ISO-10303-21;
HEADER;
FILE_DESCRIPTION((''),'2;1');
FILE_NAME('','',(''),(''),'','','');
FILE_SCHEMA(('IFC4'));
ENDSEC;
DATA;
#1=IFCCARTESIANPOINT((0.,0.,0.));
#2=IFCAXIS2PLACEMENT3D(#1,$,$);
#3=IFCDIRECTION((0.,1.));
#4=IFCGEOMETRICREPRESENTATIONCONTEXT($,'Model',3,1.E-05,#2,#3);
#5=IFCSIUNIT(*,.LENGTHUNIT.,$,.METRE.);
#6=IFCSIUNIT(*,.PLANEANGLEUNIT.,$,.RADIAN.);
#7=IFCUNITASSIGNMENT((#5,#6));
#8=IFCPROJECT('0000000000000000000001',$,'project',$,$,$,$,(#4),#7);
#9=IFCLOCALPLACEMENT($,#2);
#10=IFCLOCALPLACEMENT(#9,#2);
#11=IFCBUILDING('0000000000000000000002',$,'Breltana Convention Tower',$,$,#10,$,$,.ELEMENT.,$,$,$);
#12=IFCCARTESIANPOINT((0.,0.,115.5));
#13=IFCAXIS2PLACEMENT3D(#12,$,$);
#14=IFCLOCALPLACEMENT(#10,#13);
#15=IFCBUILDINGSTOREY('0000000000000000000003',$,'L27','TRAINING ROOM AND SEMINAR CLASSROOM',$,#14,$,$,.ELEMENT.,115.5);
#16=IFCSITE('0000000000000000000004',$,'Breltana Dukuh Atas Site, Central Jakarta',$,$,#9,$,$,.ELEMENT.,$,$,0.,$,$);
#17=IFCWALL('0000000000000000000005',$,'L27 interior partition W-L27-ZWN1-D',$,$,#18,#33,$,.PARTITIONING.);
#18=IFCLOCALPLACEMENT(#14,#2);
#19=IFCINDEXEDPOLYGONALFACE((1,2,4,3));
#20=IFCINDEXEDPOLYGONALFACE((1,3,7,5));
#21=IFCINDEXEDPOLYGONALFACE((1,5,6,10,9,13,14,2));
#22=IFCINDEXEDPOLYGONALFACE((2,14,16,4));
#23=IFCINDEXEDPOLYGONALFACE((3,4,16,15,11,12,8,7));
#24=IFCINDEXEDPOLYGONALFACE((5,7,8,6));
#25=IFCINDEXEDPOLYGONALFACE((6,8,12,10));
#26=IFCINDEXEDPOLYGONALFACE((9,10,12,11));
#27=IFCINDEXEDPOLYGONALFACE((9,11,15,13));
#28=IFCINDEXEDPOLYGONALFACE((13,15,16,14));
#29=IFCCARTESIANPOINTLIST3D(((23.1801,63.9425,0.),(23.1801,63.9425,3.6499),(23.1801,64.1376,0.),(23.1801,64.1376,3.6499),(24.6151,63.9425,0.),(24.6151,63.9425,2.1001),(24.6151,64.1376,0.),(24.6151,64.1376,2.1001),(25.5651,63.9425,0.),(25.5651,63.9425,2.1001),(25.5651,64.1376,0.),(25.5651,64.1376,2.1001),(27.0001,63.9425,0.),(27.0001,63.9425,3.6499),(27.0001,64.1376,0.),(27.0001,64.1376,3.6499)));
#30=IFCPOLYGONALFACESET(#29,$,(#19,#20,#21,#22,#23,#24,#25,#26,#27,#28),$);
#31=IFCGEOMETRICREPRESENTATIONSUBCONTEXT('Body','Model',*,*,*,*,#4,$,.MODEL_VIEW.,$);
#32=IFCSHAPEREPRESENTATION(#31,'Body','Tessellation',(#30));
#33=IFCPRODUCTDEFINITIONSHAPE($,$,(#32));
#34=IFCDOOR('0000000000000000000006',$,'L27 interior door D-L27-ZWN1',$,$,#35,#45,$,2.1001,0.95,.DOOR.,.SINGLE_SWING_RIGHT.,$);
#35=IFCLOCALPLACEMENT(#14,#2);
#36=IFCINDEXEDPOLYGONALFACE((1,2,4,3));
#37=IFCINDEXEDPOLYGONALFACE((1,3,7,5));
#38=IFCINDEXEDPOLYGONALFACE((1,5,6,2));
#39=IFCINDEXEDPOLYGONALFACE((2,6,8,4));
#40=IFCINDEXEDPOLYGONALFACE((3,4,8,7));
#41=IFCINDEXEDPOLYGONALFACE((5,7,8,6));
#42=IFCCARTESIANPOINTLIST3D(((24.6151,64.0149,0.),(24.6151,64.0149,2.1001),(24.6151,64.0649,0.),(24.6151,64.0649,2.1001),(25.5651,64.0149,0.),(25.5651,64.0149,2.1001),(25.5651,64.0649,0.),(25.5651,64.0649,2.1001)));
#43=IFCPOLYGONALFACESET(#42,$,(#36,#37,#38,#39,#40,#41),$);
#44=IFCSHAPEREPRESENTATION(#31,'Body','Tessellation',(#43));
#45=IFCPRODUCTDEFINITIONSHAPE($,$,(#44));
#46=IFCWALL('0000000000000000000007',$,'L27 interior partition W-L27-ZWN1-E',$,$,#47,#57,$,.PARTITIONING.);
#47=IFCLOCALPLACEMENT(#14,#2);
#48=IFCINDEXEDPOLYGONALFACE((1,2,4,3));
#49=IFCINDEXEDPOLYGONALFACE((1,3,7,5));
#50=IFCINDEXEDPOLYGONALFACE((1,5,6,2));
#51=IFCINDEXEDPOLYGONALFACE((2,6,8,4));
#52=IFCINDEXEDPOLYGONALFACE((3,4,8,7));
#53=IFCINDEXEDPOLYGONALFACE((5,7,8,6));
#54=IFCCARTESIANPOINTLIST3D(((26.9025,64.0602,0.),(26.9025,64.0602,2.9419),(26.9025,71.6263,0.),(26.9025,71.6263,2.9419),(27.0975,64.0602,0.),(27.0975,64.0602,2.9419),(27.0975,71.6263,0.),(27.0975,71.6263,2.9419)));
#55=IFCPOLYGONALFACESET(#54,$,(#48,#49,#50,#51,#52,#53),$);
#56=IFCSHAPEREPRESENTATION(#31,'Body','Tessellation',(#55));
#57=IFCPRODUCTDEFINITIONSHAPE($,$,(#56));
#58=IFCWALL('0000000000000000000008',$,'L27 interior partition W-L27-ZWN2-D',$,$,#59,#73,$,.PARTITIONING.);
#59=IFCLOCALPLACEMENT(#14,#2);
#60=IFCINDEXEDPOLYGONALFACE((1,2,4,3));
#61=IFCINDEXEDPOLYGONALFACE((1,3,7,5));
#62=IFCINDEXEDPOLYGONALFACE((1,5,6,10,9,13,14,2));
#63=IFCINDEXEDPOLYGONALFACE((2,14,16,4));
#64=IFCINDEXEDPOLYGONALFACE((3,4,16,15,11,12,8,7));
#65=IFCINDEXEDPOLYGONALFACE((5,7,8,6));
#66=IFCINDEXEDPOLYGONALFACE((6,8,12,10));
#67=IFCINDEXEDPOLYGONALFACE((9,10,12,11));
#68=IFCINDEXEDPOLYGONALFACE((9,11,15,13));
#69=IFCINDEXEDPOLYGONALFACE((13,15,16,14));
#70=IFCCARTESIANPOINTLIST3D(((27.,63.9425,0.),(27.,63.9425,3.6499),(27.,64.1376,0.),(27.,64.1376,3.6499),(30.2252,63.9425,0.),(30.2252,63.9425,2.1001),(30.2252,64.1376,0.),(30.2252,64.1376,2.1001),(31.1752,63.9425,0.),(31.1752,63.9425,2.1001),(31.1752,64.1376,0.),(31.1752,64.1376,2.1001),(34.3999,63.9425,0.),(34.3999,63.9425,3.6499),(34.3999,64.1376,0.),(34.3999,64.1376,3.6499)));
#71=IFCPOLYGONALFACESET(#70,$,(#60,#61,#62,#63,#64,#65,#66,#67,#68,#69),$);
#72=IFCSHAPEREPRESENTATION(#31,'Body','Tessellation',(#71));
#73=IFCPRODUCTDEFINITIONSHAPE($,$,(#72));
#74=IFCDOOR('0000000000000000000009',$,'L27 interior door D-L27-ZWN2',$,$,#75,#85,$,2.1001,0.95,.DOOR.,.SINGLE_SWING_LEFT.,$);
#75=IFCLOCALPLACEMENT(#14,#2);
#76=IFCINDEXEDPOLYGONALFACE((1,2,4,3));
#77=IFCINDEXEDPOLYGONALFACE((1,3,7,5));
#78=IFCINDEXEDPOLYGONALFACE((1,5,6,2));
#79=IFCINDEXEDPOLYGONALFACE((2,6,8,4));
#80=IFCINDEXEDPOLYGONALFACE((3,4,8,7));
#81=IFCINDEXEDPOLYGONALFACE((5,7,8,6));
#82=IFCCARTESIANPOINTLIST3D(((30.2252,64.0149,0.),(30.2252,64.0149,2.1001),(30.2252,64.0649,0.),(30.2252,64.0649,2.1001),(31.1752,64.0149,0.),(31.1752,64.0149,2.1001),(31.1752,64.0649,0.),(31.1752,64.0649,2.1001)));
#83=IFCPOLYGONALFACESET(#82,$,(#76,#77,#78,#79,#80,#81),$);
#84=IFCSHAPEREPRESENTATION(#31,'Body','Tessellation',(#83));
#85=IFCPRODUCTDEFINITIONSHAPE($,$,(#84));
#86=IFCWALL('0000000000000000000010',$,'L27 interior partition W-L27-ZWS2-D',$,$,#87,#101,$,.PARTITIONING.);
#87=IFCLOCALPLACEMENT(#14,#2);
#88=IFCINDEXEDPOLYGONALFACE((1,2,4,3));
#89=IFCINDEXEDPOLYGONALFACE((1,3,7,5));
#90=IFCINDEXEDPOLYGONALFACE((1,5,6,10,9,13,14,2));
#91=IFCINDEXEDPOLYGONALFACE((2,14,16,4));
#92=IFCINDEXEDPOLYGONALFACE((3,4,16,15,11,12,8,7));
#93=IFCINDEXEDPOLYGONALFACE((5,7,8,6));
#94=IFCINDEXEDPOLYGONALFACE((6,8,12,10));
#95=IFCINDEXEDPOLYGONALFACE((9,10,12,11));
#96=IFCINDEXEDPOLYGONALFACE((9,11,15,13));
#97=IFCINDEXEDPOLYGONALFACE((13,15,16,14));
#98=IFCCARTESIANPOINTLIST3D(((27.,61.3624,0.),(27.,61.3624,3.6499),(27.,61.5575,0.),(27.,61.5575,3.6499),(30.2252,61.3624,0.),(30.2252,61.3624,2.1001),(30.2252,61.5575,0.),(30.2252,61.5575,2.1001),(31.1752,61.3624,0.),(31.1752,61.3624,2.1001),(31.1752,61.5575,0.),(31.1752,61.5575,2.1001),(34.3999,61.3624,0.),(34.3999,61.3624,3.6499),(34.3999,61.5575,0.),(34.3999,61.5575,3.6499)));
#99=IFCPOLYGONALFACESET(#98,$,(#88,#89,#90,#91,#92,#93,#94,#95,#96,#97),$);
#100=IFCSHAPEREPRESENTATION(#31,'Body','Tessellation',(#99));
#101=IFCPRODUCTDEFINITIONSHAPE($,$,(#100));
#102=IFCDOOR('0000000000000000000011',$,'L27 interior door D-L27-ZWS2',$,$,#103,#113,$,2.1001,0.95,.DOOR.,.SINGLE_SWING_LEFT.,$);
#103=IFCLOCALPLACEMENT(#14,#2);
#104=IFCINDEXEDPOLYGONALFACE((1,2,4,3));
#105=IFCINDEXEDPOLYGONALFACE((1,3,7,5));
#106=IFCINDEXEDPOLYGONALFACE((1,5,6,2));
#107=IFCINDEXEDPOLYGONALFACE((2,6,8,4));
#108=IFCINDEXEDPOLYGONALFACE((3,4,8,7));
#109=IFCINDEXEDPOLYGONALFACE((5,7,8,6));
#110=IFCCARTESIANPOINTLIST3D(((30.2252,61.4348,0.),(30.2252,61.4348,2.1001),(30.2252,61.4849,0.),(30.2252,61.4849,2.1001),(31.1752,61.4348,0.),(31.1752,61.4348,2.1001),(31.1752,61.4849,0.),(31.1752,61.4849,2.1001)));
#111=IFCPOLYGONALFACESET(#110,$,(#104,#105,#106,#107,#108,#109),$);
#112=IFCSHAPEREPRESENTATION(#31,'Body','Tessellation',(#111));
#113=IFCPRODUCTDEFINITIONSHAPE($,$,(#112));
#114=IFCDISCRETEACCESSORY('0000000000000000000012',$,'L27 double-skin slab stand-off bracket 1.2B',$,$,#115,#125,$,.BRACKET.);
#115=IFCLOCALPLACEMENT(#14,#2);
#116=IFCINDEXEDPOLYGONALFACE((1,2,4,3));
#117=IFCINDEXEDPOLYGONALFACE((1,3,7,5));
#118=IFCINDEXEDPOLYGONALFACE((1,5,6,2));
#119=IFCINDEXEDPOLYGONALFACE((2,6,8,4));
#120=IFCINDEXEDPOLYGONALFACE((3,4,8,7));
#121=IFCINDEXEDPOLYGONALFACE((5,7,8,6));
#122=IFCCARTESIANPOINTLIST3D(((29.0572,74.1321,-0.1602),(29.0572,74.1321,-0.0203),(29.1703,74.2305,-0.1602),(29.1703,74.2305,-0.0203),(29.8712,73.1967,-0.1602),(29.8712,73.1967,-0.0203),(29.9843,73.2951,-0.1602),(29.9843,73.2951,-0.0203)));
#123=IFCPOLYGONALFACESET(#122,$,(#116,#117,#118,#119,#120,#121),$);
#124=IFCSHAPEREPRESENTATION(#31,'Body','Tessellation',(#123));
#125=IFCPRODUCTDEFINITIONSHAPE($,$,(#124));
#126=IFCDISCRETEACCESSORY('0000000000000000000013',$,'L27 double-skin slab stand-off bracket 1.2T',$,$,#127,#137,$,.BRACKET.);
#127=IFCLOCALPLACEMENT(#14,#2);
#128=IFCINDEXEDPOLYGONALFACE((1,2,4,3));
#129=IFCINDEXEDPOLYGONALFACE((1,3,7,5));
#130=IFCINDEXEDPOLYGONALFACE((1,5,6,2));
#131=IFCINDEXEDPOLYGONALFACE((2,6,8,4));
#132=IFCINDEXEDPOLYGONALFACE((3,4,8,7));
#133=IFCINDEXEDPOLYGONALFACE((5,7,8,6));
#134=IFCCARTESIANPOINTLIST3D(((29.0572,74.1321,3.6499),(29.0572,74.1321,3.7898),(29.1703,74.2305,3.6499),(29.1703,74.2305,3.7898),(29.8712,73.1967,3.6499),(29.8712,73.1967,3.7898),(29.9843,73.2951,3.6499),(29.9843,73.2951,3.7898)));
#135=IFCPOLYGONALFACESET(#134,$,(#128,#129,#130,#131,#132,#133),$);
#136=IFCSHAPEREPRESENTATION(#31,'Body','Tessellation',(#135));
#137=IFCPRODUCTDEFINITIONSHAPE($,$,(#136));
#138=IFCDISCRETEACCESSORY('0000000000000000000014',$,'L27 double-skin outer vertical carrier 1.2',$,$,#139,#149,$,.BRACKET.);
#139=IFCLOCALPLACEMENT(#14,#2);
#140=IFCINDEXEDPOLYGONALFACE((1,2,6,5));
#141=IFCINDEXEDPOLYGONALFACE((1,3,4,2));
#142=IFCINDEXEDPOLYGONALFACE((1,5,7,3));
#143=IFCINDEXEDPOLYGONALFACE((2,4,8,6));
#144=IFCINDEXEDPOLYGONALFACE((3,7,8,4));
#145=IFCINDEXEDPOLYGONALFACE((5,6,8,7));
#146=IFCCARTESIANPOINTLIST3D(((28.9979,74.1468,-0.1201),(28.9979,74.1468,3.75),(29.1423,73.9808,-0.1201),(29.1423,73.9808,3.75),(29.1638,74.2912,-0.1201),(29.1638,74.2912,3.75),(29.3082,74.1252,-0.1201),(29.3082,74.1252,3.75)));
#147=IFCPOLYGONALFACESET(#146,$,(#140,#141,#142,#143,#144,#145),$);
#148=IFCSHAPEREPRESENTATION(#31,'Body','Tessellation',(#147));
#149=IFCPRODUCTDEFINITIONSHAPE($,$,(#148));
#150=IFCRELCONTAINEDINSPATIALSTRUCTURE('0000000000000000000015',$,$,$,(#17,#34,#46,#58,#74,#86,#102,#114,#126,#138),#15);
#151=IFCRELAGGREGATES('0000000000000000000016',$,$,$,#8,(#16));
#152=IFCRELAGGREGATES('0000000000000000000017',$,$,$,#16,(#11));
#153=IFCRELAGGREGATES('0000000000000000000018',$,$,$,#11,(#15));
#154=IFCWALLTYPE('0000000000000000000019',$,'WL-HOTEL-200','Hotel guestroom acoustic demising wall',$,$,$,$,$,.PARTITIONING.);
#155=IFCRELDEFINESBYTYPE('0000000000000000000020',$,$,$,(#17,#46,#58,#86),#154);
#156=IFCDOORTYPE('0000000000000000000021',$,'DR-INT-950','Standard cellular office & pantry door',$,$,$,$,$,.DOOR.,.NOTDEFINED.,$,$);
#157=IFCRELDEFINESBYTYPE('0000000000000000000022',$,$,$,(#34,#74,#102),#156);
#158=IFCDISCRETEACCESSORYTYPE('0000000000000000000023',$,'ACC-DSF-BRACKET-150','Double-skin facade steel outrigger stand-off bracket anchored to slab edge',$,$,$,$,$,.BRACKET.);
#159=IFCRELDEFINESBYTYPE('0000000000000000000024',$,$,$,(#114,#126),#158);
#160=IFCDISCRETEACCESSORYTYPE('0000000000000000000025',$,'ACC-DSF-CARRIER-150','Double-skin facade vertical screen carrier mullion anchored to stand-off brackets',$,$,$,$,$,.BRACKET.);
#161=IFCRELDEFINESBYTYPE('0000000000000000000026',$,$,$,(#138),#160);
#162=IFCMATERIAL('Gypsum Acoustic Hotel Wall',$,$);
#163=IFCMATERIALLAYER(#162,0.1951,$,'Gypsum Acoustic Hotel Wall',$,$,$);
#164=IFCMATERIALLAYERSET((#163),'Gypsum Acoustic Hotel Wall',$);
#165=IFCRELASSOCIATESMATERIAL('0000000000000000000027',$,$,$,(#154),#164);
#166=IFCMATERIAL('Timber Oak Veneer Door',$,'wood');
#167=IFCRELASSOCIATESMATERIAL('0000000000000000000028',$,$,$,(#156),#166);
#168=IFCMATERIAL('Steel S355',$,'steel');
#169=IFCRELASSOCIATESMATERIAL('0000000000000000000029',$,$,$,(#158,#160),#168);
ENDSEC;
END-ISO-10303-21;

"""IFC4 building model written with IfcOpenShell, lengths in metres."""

from ifc_helpers import new_model, si_unit, direction, frame, frame_2d, origin, origin_2d, place, context, subcontext, project, spatial, rectangle, extrude, source, transform, mapped, material, layer, layer_set, type_object, type_shapes, element, fill, save


model = new_model("IFC4")

# Units and contexts
model_context = context("Model", 3, precision=1e-05, world=origin(), true_north=direction((0.0, 1.0)))
body_context = subcontext(model_context, "Body", "Model", "MODEL_VIEW")
ifc_project = project(units=[si_unit("LENGTHUNIT", "METRE"), si_unit("PLANEANGLEUNIT", "RADIAN")], contexts=[model_context])

# Site, building, storey
site_placement = place(None, origin())
site = spatial("IfcSite", under=ifc_project, at=site_placement, Name="Breltana Dukuh Atas Site, Central Jakarta", CompositionType="ELEMENT", RefElevation=0.0)
building_placement = place(site_placement, origin())
building = spatial("IfcBuilding", under=site, at=building_placement, Name="Breltana Convention Tower", CompositionType="ELEMENT")
storey_placement = place(building_placement, frame((0.0, 0.0, 115.5)))
storey = spatial("IfcBuildingStorey", under=building, at=storey_placement, Name="L27", Description="TRAINING ROOM AND SEMINAR CLASSROOM", CompositionType="ELEMENT", Elevation=115.5)

# Wall, opening, door
ifc_material_1 = material(Name="Gypsum Acoustic Hotel Wall")
ifc_layer_1 = layer(ifc_material_1, 0.1951, Name="Gypsum Acoustic Hotel Wall")
ifc_layer_set_1 = layer_set([ifc_layer_1], Name="Gypsum Acoustic Hotel Wall")
wall_type_1 = type_object("IfcWallType", Name="WL-HOTEL-200", Description="Hotel guestroom acoustic demising wall", PredefinedType="PARTITIONING", material=ifc_layer_set_1)
shared_shape_1 = source(origin(), body_context, "Body", "SweptSolid", [
    extrude(rectangle(XDim=3.8201, YDim=0.1951, at=frame_2d((1.9102, 0.0))), origin(), (0.0, 0.0, 1.0), 3.6499),
])
wall_1_placement = place(storey_placement, frame((23.1799, 64.04, 0.0), z_axis=(0.0, 0.0, 1.0), x_axis=(1.0, 0.0, 0.0)))
wall_1 = element("IfcWall", 1, at=wall_1_placement, inside=storey, type_object=wall_type_1, Name="L27 interior partition W-L27-ZWN1-D", PredefinedType="PARTITIONING", context=body_context, shape_type="MappedRepresentation", body=[
    mapped(shared_shape_1, transform((0.0, 0.0, 0.0), scale=1.0)),
])
opening_1_placement = place(wall_1_placement, frame((1.4351, 0.0, 0.0)))
opening_1 = element("IfcOpeningElement", 2, at=opening_1_placement, cuts=wall_1, PredefinedType="OPENING", context=body_context, shape_type="SweptSolid", body=[
    extrude(rectangle(XDim=0.95, YDim=2.1001, at=frame_2d((0.4751, 1.05))), frame((0.0, 0.1074, 0.0), z_axis=(0.0, -1.0, 0.0), x_axis=(1.0, 0.0, 0.0)), (0.0, 0.0, 1.0), 0.2151),
])
ifc_material_2 = material(Name="Timber Oak Veneer Door", Category="wood")
door_type_1 = type_object("IfcDoorType", Name="DR-INT-950", Description="Standard cellular office & pantry door", OperationType="NOTDEFINED", PredefinedType="DOOR", material=ifc_material_2)
shared_shape_2 = source(origin(), body_context, "Body", "SweptSolid", [
    extrude(rectangle(XDim=0.95, YDim=2.1001, at=frame_2d((0.4751, 1.05))), frame((0.0, 0.0249, 0.0), z_axis=(0.0, -1.0, 0.0), x_axis=(1.0, 0.0, 0.0)), (0.0, 0.0, 1.0), 0.05),
])
type_shapes(door_type_1, [shared_shape_2])
door_1_placement = place(opening_1_placement, origin())
door_1 = element("IfcDoor", 3, at=door_1_placement, inside=storey, type_object=door_type_1, Name="L27 interior door D-L27-ZWN1", OperationType="SINGLE_SWING_RIGHT", OverallHeight=2.1001, OverallWidth=0.95, PredefinedType="DOOR", context=body_context, shape_type="MappedRepresentation", body=[
    mapped(shared_shape_2, transform((0.0, 0.0, 0.0), scale=1.0)),
])
fill(opening_1, door_1)

# Wall
shared_shape_3 = source(origin(), body_context, "Body", "SweptSolid", [
    extrude(rectangle(XDim=7.5662, YDim=0.1951, at=frame_2d((3.7832, 0.0))), origin(), (0.0, 0.0, 1.0), 2.9419),
])
wall_2_placement = place(storey_placement, frame((27.0, 64.0601, 0.0), z_axis=(0.0, 0.0, 1.0), x_axis=(0.0, 1.0, 0.0)))
element("IfcWall", 4, at=wall_2_placement, inside=storey, type_object=wall_type_1, Name="L27 interior partition W-L27-ZWN1-E", PredefinedType="PARTITIONING", context=body_context, shape_type="MappedRepresentation", body=[
    mapped(shared_shape_3, transform((0.0, 0.0, 0.0), scale=1.0)),
])

# Walls, openings, doors
shared_shape_4 = source(origin(), body_context, "Body", "SweptSolid", [
    extrude(rectangle(XDim=7.3999, YDim=0.1951, at=frame_2d((3.7, 0.0))), origin(), (0.0, 0.0, 1.0), 3.6499),
])
wall_3_placement = place(storey_placement, frame((27.0, 64.04, 0.0), z_axis=(0.0, 0.0, 1.0), x_axis=(1.0, 0.0, 0.0)))
wall_3 = element("IfcWall", 5, at=wall_3_placement, inside=storey, type_object=wall_type_1, Name="L27 interior partition W-L27-ZWN2-D", PredefinedType="PARTITIONING", context=body_context, shape_type="MappedRepresentation", body=[
    mapped(shared_shape_4, transform((0.0, 0.0, 0.0), scale=1.0)),
])
opening_2_placement = place(wall_3_placement, frame((3.2251, 0.0, 0.0)))
opening_2 = element("IfcOpeningElement", 6, at=opening_2_placement, cuts=wall_3, PredefinedType="OPENING", context=body_context, shape_type="SweptSolid", body=[
    extrude(rectangle(XDim=0.95, YDim=2.1001, at=frame_2d((0.4751, 1.05))), frame((0.0, 0.1074, 0.0), z_axis=(0.0, -1.0, 0.0), x_axis=(1.0, 0.0, 0.0)), (0.0, 0.0, 1.0), 0.2151),
])
door_2_placement = place(opening_2_placement, origin())
door_2 = element("IfcDoor", 7, at=door_2_placement, inside=storey, type_object=door_type_1, Name="L27 interior door D-L27-ZWN2", OperationType="SINGLE_SWING_LEFT", OverallHeight=2.1001, OverallWidth=0.95, PredefinedType="DOOR", context=body_context, shape_type="MappedRepresentation", body=[
    mapped(shared_shape_2, transform((0.0, 0.0, 0.0), scale=1.0)),
])
fill(opening_2, door_2)
wall_4_placement = place(storey_placement, frame((27.0, 61.46, 0.0), z_axis=(0.0, 0.0, 1.0), x_axis=(1.0, 0.0, 0.0)))
wall_4 = element("IfcWall", 8, at=wall_4_placement, inside=storey, type_object=wall_type_1, Name="L27 interior partition W-L27-ZWS2-D", PredefinedType="PARTITIONING", context=body_context, shape_type="MappedRepresentation", body=[
    mapped(shared_shape_4, transform((0.0, 0.0, 0.0), scale=1.0)),
])
opening_3_placement = place(wall_4_placement, frame((3.2251, 0.0, 0.0)))
opening_3 = element("IfcOpeningElement", 9, at=opening_3_placement, cuts=wall_4, PredefinedType="OPENING", context=body_context, shape_type="SweptSolid", body=[
    extrude(rectangle(XDim=0.95, YDim=2.1001, at=frame_2d((0.4751, 1.05))), frame((0.0, 0.1074, 0.0), z_axis=(0.0, -1.0, 0.0), x_axis=(1.0, 0.0, 0.0)), (0.0, 0.0, 1.0), 0.2151),
])
door_3_placement = place(opening_3_placement, origin())
door_3 = element("IfcDoor", 10, at=door_3_placement, inside=storey, type_object=door_type_1, Name="L27 interior door D-L27-ZWS2", OperationType="SINGLE_SWING_LEFT", OverallHeight=2.1001, OverallWidth=0.95, PredefinedType="DOOR", context=body_context, shape_type="MappedRepresentation", body=[
    mapped(shared_shape_2, transform((0.0, 0.0, 0.0), scale=1.0)),
])
fill(opening_3, door_3)

# Discrete accessories
ifc_material_3 = material(Name="Steel S355", Category="steel")
discrete_accessory_type_1 = type_object("IfcDiscreteAccessoryType", Name="ACC-DSF-BRACKET-150", Description="Double-skin facade steel outrigger stand-off bracket anchored to slab edge", PredefinedType="BRACKET", material=ifc_material_3)
shared_shape_5 = source(origin(), body_context, "Body", "SweptSolid", [
    extrude(rectangle(XDim=1.24, YDim=0.1499, at=origin_2d()), origin(), (0.0, 0.0, 1.0), 0.1399),
])
type_shapes(discrete_accessory_type_1, [shared_shape_5])
for number, where, z_axis, x_axis, name in (
    (11, (29.5208, 73.7136, -0.1602), (0.0, 0.0, 1.0), (-0.656454, 0.754366, 0.0), "L27 double-skin slab stand-off bracket 1.2B"),
    (12, (29.5208, 73.7136, 3.6499), (0.0, 0.0, 1.0), (-0.656454, 0.754366, 0.0), "L27 double-skin slab stand-off bracket 1.2T"),
):
    element("IfcDiscreteAccessory", number, at=place(storey_placement, frame(where, z_axis=z_axis, x_axis=x_axis)), inside=storey, type_object=discrete_accessory_type_1, Name=name, PredefinedType="BRACKET", context=body_context, shape_type="MappedRepresentation", body=[
        mapped(shared_shape_5, transform((0.0, 0.0, 0.0), scale=1.0)),
    ])
discrete_accessory_type_2 = type_object("IfcDiscreteAccessoryType", Name="ACC-DSF-CARRIER-150", Description="Double-skin facade vertical screen carrier mullion anchored to stand-off brackets", PredefinedType="BRACKET", material=ifc_material_3)
shared_shape_6 = source(origin(), body_context, "Body", "SweptSolid", [
    extrude(rectangle(XDim=0.22, YDim=0.22, at=origin_2d()), origin(), (0.0, 0.0, 1.0), 3.8701),
])
discrete_accessory_placement = place(storey_placement, frame((29.1531, 74.136, -0.1201), z_axis=(0.0, 0.0, 1.0), x_axis=(-0.656454, 0.754366, 0.0)))
element("IfcDiscreteAccessory", 13, at=discrete_accessory_placement, inside=storey, type_object=discrete_accessory_type_2, Name="L27 double-skin outer vertical carrier 1.2", PredefinedType="BRACKET", context=body_context, shape_type="MappedRepresentation", body=[
    mapped(shared_shape_6, transform((0.0, 0.0, 0.0), scale=1.0)),
])

save(model, "model.ifc")
